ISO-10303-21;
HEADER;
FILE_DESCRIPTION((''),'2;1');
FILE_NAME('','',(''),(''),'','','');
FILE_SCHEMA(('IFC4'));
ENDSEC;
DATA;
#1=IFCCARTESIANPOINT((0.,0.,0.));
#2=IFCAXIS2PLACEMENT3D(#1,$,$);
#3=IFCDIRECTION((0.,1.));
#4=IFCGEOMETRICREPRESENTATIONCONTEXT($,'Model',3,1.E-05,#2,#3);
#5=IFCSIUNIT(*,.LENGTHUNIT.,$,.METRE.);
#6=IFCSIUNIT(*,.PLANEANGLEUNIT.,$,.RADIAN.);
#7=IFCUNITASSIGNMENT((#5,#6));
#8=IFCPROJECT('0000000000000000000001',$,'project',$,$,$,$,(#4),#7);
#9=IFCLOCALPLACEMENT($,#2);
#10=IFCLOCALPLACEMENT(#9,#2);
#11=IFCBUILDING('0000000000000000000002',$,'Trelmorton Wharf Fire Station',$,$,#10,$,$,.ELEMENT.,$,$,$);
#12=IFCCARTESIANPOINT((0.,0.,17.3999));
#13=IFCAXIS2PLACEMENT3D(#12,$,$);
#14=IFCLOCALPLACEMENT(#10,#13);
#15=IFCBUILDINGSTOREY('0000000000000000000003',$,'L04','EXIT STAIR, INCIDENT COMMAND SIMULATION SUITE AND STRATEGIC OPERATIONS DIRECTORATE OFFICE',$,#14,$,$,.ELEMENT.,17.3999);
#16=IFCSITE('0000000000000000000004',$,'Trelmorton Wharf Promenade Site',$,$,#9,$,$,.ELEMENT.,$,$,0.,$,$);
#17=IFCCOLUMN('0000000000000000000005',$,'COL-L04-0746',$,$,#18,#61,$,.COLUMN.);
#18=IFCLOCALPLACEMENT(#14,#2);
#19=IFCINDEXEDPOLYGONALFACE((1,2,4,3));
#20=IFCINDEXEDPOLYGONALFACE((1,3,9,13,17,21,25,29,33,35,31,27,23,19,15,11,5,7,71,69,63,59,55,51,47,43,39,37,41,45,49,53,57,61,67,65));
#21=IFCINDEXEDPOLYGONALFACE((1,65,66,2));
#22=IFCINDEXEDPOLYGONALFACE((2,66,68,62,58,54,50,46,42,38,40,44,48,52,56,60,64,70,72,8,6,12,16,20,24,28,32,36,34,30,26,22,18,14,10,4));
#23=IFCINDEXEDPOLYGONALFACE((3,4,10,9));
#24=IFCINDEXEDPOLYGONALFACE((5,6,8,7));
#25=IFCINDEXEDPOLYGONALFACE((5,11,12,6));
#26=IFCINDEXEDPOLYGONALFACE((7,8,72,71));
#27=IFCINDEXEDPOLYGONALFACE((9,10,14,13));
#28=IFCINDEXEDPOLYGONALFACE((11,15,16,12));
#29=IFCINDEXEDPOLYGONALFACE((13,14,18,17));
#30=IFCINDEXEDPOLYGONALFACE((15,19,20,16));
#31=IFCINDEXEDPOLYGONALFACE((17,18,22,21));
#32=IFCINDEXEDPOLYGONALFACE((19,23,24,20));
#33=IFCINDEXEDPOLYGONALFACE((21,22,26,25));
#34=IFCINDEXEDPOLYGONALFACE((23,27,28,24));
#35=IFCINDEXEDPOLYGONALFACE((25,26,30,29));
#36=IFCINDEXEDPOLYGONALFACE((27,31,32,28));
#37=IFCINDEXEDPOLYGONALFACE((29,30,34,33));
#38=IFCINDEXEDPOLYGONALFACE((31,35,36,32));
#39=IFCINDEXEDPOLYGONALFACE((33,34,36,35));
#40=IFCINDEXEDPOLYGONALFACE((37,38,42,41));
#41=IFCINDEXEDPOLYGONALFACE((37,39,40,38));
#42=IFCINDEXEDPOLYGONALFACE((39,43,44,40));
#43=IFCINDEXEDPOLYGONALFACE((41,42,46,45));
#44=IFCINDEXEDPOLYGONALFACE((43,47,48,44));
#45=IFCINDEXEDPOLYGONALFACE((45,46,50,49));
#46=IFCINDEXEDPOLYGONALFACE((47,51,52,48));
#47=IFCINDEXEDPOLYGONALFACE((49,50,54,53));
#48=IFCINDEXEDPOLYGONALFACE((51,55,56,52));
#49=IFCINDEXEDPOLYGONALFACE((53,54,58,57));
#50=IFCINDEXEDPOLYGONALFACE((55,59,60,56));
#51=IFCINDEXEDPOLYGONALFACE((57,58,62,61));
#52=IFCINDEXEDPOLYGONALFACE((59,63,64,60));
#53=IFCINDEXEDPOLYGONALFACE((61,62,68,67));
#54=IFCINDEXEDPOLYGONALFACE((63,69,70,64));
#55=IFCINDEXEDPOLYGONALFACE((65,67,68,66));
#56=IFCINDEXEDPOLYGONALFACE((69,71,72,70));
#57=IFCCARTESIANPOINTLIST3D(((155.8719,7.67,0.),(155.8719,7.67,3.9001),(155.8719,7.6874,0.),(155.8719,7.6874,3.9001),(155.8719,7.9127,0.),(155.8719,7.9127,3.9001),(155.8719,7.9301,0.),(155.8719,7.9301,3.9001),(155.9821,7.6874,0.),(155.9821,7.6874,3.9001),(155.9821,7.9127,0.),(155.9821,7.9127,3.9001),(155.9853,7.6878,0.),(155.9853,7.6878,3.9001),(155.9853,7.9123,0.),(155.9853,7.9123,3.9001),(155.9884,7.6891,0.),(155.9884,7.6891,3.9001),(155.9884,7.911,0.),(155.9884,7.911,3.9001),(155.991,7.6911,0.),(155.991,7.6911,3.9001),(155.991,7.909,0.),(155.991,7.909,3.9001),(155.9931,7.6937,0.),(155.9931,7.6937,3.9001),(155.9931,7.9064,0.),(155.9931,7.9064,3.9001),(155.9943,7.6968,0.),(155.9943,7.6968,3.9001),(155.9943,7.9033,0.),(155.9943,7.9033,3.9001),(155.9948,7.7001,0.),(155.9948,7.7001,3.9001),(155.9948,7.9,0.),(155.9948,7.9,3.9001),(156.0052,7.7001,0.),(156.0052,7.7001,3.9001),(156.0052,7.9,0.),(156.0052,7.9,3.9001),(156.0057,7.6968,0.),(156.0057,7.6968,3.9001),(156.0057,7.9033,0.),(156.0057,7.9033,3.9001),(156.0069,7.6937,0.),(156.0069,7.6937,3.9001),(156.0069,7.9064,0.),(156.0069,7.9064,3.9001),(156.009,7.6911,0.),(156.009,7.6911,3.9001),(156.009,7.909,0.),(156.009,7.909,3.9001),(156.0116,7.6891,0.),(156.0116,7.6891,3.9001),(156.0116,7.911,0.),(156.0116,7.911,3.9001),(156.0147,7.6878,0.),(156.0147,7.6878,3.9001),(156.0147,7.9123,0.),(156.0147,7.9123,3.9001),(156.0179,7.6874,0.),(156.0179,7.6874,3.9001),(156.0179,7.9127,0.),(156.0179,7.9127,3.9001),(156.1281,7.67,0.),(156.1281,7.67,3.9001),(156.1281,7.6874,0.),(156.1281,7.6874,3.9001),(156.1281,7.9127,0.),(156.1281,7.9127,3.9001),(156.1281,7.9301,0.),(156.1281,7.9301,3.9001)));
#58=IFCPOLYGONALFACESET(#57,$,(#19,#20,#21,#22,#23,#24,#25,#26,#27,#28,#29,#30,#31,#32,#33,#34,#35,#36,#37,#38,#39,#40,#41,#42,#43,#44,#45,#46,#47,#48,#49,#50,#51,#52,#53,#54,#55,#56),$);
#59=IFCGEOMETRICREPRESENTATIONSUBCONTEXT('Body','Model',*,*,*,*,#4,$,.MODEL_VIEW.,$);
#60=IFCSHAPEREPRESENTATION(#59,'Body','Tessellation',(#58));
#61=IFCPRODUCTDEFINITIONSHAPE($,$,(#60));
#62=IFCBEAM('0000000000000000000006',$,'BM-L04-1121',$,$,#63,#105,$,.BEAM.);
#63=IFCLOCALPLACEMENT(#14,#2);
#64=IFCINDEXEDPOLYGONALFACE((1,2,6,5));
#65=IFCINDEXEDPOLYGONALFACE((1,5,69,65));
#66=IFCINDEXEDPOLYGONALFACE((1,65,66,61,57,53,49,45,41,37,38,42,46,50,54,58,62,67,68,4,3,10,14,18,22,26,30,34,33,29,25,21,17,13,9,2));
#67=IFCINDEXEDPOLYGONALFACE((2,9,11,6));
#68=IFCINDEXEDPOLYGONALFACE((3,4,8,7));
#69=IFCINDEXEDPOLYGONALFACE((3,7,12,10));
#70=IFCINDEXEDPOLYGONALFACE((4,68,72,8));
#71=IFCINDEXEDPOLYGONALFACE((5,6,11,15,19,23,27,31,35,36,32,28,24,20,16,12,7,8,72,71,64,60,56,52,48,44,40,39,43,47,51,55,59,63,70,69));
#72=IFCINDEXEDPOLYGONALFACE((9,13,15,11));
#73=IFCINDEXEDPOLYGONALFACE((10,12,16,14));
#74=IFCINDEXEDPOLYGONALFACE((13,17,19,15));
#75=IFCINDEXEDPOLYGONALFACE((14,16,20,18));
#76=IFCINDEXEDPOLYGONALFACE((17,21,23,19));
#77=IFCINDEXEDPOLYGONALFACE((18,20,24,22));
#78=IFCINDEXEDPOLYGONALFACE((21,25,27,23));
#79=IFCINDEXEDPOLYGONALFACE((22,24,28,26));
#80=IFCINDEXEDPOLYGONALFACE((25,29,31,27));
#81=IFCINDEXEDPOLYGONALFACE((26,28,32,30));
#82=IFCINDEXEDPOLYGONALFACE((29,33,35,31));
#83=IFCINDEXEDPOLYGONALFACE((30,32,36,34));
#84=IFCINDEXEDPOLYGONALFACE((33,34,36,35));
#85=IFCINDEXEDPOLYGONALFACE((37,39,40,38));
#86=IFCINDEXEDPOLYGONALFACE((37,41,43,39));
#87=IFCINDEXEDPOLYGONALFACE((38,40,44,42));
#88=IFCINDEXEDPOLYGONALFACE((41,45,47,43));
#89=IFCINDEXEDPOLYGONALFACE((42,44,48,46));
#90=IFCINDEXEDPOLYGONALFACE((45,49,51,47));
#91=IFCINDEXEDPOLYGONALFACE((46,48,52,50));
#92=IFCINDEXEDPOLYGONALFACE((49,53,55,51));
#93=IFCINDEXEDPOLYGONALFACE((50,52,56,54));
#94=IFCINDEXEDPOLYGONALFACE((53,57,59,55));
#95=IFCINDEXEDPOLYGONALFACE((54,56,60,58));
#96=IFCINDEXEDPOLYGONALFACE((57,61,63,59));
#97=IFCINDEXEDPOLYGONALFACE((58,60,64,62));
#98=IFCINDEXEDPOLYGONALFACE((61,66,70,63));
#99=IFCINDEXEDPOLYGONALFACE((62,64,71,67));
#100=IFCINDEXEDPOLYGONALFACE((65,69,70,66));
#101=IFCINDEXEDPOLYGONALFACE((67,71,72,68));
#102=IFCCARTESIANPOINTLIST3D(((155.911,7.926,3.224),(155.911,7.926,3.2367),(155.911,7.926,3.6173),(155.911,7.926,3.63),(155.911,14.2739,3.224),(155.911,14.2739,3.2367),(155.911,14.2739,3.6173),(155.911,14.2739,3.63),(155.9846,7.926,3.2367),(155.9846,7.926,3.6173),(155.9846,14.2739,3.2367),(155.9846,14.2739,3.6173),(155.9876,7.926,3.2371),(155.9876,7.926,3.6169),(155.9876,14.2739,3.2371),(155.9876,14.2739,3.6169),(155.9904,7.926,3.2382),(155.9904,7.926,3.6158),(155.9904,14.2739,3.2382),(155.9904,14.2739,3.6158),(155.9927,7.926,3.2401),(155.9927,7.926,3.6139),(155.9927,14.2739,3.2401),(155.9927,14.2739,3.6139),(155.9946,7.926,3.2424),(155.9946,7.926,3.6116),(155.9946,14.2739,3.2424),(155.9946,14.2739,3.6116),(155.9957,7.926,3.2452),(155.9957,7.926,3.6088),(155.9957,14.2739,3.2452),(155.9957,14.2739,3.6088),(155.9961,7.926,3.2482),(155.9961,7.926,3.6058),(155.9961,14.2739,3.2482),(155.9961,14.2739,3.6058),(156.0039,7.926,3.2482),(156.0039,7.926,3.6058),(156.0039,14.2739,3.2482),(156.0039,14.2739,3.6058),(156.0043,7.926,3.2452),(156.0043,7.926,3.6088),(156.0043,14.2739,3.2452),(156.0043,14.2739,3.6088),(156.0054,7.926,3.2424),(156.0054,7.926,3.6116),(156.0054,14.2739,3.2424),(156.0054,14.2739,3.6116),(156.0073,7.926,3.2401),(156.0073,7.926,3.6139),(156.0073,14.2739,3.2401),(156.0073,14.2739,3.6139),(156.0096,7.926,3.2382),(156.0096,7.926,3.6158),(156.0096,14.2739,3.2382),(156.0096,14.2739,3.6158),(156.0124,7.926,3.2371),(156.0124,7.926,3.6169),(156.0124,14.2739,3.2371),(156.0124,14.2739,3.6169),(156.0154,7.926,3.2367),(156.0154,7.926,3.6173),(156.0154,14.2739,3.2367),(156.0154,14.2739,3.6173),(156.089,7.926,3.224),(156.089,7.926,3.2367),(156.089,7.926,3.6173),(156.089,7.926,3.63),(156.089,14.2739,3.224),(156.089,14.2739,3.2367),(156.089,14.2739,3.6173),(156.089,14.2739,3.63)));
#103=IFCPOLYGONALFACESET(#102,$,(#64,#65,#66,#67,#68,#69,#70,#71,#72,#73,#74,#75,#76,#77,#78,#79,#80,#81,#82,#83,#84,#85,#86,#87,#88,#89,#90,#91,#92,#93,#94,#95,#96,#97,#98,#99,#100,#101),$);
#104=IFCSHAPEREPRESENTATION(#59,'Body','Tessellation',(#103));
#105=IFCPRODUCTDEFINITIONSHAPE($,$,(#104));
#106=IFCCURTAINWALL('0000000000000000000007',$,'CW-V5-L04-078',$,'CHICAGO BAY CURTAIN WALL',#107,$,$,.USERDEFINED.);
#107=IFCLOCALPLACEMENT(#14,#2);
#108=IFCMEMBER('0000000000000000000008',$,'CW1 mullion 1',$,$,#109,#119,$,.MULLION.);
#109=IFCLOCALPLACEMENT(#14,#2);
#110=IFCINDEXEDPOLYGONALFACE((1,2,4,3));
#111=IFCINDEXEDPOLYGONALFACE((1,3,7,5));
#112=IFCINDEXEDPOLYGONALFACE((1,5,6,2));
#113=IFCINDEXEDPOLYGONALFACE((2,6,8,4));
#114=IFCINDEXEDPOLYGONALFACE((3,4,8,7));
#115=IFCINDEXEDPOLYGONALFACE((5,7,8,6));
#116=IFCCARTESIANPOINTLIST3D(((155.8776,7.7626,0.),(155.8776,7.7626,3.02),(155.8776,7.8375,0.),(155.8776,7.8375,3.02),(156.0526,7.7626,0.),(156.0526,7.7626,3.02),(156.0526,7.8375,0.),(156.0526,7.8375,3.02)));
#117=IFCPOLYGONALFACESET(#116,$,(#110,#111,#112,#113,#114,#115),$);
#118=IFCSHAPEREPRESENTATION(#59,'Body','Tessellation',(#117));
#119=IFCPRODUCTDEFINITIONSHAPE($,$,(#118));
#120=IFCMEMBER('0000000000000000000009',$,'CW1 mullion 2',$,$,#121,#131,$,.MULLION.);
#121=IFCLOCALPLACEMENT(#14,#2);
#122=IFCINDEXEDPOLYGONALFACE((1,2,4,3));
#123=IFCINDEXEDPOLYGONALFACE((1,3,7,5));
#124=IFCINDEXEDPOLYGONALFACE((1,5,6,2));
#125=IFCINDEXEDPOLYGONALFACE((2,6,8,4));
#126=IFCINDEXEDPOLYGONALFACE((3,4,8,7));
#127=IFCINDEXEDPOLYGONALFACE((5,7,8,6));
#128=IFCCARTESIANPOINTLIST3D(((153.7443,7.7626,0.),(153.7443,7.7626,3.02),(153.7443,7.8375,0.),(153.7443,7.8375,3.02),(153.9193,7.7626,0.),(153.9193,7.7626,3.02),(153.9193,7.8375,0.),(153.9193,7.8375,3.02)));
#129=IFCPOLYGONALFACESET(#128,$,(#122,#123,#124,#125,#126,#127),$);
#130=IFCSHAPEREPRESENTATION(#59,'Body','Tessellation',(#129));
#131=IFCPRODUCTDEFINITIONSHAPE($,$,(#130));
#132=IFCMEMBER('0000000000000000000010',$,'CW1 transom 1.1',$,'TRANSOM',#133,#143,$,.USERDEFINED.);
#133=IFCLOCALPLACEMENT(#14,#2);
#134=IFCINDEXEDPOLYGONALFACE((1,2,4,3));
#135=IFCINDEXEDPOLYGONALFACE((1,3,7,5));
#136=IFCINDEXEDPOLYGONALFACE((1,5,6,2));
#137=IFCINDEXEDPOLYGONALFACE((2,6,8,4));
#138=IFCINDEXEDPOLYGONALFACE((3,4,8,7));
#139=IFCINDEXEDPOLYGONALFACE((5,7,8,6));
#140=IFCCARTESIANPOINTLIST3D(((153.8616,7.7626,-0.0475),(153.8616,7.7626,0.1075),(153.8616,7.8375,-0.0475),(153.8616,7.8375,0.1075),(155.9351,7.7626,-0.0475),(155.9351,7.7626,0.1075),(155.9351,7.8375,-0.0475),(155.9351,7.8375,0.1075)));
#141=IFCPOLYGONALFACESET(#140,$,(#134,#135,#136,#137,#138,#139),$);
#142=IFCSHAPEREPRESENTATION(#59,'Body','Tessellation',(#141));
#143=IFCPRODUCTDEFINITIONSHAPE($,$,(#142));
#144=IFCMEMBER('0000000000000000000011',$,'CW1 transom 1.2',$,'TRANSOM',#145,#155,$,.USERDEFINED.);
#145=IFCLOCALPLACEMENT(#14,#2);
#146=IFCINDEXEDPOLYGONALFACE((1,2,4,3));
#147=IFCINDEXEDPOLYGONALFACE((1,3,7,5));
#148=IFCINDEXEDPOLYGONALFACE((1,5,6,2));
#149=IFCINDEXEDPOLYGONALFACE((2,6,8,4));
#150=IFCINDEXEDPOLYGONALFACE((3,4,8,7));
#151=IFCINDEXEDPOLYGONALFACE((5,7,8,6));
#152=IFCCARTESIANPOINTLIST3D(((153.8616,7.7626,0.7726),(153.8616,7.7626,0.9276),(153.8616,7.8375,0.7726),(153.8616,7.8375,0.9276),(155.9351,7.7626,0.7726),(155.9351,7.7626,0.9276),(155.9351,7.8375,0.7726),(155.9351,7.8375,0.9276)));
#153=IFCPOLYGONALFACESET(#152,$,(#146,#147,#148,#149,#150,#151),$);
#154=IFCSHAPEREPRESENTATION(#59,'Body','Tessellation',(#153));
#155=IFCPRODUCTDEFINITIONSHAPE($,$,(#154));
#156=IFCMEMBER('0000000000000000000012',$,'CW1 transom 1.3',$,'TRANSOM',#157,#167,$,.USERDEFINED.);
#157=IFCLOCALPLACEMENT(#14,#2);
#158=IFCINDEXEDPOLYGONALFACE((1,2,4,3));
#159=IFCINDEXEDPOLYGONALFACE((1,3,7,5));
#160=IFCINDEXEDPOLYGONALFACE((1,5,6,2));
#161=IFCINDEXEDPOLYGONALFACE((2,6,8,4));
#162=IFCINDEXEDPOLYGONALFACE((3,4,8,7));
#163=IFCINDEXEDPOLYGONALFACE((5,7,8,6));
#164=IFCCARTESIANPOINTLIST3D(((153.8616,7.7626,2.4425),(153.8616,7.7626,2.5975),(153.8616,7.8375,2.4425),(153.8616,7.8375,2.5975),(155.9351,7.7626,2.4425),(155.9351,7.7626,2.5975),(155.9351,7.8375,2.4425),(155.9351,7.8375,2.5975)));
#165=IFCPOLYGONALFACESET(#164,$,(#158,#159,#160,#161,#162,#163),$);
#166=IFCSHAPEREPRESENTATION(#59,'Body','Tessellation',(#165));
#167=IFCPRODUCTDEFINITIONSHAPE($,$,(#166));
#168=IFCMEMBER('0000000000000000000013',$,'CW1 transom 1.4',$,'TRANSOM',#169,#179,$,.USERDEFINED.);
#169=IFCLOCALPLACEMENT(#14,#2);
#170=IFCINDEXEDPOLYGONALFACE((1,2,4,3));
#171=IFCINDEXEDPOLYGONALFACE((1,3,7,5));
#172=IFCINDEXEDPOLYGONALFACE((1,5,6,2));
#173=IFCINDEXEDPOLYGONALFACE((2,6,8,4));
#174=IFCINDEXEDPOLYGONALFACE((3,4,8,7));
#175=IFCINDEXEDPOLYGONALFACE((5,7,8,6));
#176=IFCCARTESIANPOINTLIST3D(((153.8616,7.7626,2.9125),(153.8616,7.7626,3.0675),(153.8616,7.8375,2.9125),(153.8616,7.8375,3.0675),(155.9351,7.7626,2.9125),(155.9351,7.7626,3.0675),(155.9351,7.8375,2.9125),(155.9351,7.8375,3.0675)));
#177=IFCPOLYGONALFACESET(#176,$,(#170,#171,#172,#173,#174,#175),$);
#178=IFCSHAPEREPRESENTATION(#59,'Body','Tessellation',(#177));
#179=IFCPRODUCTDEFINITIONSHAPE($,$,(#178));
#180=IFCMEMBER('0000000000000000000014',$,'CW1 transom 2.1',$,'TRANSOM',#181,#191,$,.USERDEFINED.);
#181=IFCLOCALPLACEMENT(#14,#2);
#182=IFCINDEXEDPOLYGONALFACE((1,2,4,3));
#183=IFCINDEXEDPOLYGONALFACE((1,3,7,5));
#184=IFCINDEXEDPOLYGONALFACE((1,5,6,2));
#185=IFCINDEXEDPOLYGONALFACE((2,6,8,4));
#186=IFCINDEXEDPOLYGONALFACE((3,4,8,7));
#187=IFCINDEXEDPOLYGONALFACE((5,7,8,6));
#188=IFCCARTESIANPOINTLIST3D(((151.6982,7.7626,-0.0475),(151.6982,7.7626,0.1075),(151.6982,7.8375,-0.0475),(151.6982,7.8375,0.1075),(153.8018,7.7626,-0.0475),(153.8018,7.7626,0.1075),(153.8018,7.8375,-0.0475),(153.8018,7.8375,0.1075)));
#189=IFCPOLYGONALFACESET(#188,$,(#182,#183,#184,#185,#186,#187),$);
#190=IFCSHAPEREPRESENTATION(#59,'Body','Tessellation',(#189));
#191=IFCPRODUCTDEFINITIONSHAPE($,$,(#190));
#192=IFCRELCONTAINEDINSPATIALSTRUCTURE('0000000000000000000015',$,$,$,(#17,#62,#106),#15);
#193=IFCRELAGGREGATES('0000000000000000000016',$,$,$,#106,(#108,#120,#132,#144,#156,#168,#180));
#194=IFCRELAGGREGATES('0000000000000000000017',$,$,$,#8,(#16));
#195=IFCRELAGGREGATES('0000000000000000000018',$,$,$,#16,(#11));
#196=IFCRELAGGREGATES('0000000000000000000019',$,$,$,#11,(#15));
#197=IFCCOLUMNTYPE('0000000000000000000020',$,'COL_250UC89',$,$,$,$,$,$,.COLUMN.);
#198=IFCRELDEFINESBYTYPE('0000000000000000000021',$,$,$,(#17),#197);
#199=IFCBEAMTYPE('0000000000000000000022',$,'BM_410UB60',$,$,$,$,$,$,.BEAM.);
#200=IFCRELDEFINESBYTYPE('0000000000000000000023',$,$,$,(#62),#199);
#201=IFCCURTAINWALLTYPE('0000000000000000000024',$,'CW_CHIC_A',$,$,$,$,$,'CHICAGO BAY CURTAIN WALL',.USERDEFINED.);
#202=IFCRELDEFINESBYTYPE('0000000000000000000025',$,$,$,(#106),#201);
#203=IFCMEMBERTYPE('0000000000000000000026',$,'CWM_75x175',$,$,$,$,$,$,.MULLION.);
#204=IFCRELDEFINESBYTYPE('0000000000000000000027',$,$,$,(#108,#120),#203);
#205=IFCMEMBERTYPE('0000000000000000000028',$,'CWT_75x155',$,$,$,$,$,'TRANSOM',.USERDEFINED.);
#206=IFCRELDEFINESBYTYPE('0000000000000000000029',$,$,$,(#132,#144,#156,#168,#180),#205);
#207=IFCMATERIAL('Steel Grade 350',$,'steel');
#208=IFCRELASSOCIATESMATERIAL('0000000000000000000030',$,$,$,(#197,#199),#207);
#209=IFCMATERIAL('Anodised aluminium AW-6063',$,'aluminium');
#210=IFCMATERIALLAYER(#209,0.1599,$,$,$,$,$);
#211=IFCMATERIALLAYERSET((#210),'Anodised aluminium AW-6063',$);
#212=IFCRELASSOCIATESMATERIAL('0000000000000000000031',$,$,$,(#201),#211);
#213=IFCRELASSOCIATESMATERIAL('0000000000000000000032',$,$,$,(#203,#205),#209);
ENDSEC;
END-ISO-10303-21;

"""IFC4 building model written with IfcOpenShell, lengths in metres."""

from ifc_helpers import new_model, si_unit, direction, frame, origin, origin_2d, place, context, subcontext, project, spatial, rectangle, i_section, extrude, material, layer, layer_set, material_profile, profile_set, type_object, element, aggregate, save


model = new_model("IFC4")

# Units and contexts
model_context = context("Model", 3, precision=1e-05, world=origin(), true_north=direction((0.0, 1.0)))
body_context = subcontext(model_context, "Body", "Model", "MODEL_VIEW")
ifc_project = project(units=[si_unit("LENGTHUNIT", "METRE"), si_unit("PLANEANGLEUNIT", "RADIAN")], contexts=[model_context])

# Site, building, storey
site_placement = place(None, origin())
site = spatial("IfcSite", under=ifc_project, at=site_placement, Name="Trelmorton Wharf Promenade Site", CompositionType="ELEMENT", RefElevation=0.0)
building_placement = place(site_placement, origin())
building = spatial("IfcBuilding", under=site, at=building_placement, Name="Trelmorton Wharf Fire Station", CompositionType="ELEMENT")
storey_placement = place(building_placement, frame((0.0, 0.0, 17.3999)))
storey = spatial("IfcBuildingStorey", under=building, at=storey_placement, Name="L04", Description="EXIT STAIR, INCIDENT COMMAND SIMULATION SUITE AND STRATEGIC OPERATIONS DIRECTORATE OFFICE", CompositionType="ELEMENT", Elevation=17.3999)

# Column
ifc_material_1 = material(Name="Steel Grade 350", Category="steel")
ifc_material_profile_1 = material_profile(ifc_material_1, i_section(OverallWidth=0.2561, OverallDepth=0.26, WebThickness=0.0105, FlangeThickness=0.0173, FilletRadius=0.0127, at=origin_2d()), Name="250UC89.5")
ifc_profile_set_1 = profile_set([ifc_material_profile_1], Name="Steel Grade 350")
column_type = type_object("IfcColumnType", Name="COL_250UC89", PredefinedType="COLUMN", material=ifc_profile_set_1)
column_placement = place(storey_placement, frame((156.0, 7.8, 0.0), z_axis=(0.0, 0.0, 1.0), x_axis=(1.0, 0.0, 0.0)))
element("IfcColumn", 1, at=column_placement, inside=storey, type_object=column_type, Name="COL-L04-0746", PredefinedType="COLUMN", context=body_context, shape_type="SweptSolid", body=[
    extrude(i_section(OverallWidth=0.2561, OverallDepth=0.26, WebThickness=0.0105, FlangeThickness=0.0173, FilletRadius=0.0127, at=origin_2d()), origin(), (0.0, 0.0, 1.0), 3.9001),
])

# Beam
ifc_material_profile_2 = material_profile(ifc_material_1, i_section(OverallWidth=0.178, OverallDepth=0.406, WebThickness=0.0078, FlangeThickness=0.0127, FilletRadius=0.0115, at=origin_2d()), Name="410UB59.7")
ifc_profile_set_2 = profile_set([ifc_material_profile_2], Name="Steel Grade 350")
beam_type = type_object("IfcBeamType", Name="BM_410UB60", PredefinedType="BEAM", material=ifc_profile_set_2)
beam_placement = place(storey_placement, frame((156.0, 7.926, 3.427), z_axis=(0.0, 1.0, 0.0), x_axis=(-1.0, 0.0, 0.0)))
element("IfcBeam", 2, at=beam_placement, inside=storey, type_object=beam_type, Name="BM-L04-1121", PredefinedType="BEAM", context=body_context, shape_type="SweptSolid", body=[
    extrude(i_section(OverallWidth=0.178, OverallDepth=0.406, WebThickness=0.0078, FlangeThickness=0.0127, FilletRadius=0.0115, at=origin_2d()), origin(), (0.0, 0.0, 1.0), 6.3479),
])

# Curtain wall, members
ifc_material_2 = material(Name="Anodised aluminium AW-6063", Category="aluminium")
ifc_layer_1 = layer(ifc_material_2, 0.1599)
ifc_layer_set_1 = layer_set([ifc_layer_1], Name="Anodised aluminium AW-6063")
curtain_wall_type = type_object("IfcCurtainWallType", Name="CW_CHIC_A", ElementType="CHICAGO BAY CURTAIN WALL", PredefinedType="USERDEFINED", material=ifc_layer_set_1)
curtain_wall_placement = place(storey_placement, origin())
curtain_wall = element("IfcCurtainWall", 3, at=curtain_wall_placement, inside=storey, type_object=curtain_wall_type, Name="CW-V5-L04-078", ObjectType="CHICAGO BAY CURTAIN WALL", PredefinedType="USERDEFINED")
ifc_material_profile_3 = material_profile(ifc_material_2, rectangle(XDim=0.075, YDim=0.175, at=origin_2d()), Name="ALU-75x175")
ifc_profile_set_3 = profile_set([ifc_material_profile_3], Name="Anodised aluminium AW-6063")
member_type_1 = type_object("IfcMemberType", Name="CWM_75x175", PredefinedType="MULLION", material=ifc_profile_set_3)
member_1_placement = place(storey_placement, frame((155.9651, 7.8, 0.0), z_axis=(0.0, 0.0, 1.0), x_axis=(0.0, -1.0, 0.0)))
member_1 = element("IfcMember", 4, at=member_1_placement, type_object=member_type_1, Name="CW1 mullion 1", PredefinedType="MULLION", context=body_context, shape_type="SweptSolid", body=[
    extrude(rectangle(XDim=0.075, YDim=0.175, at=origin_2d()), origin(), (0.0, 0.0, 1.0), 3.02),
])
member_2_placement = place(storey_placement, frame((153.8318, 7.8, 0.0), z_axis=(0.0, 0.0, 1.0), x_axis=(0.0, -1.0, 0.0)))
member_2 = element("IfcMember", 5, at=member_2_placement, type_object=member_type_1, Name="CW1 mullion 2", PredefinedType="MULLION", context=body_context, shape_type="SweptSolid", body=[
    extrude(rectangle(XDim=0.075, YDim=0.175, at=origin_2d()), origin(), (0.0, 0.0, 1.0), 3.02),
])
ifc_material_profile_4 = material_profile(ifc_material_2, rectangle(XDim=0.075, YDim=0.155, at=origin_2d()), Name="ALU-75x155")
ifc_profile_set_4 = profile_set([ifc_material_profile_4], Name="Anodised aluminium AW-6063")
member_type_2 = type_object("IfcMemberType", Name="CWT_75x155", ElementType="TRANSOM", PredefinedType="USERDEFINED", material=ifc_profile_set_4)
member_3_placement = place(storey_placement, frame((155.9351, 7.8, 0.03), z_axis=(-1.0, 0.0, 0.0), x_axis=(0.0, -1.0, 0.0)))
member_3 = element("IfcMember", 6, at=member_3_placement, type_object=member_type_2, Name="CW1 transom 1.1", ObjectType="TRANSOM", PredefinedType="USERDEFINED", context=body_context, shape_type="SweptSolid", body=[
    extrude(rectangle(XDim=0.075, YDim=0.155, at=origin_2d()), origin(), (0.0, 0.0, 1.0), 2.0735),
])
member_4_placement = place(storey_placement, frame((155.9351, 7.8, 0.8501), z_axis=(-1.0, 0.0, 0.0), x_axis=(0.0, -1.0, 0.0)))
member_4 = element("IfcMember", 7, at=member_4_placement, type_object=member_type_2, Name="CW1 transom 1.2", ObjectType="TRANSOM", PredefinedType="USERDEFINED", context=body_context, shape_type="SweptSolid", body=[
    extrude(rectangle(XDim=0.075, YDim=0.155, at=origin_2d()), origin(), (0.0, 0.0, 1.0), 2.0735),
])
member_5_placement = place(storey_placement, frame((155.9351, 7.8, 2.52), z_axis=(-1.0, 0.0, 0.0), x_axis=(0.0, -1.0, 0.0)))
member_5 = element("IfcMember", 8, at=member_5_placement, type_object=member_type_2, Name="CW1 transom 1.3", ObjectType="TRANSOM", PredefinedType="USERDEFINED", context=body_context, shape_type="SweptSolid", body=[
    extrude(rectangle(XDim=0.075, YDim=0.155, at=origin_2d()), origin(), (0.0, 0.0, 1.0), 2.0735),
])
member_6_placement = place(storey_placement, frame((155.9351, 7.8, 2.99), z_axis=(-1.0, 0.0, 0.0), x_axis=(0.0, -1.0, 0.0)))
member_6 = element("IfcMember", 9, at=member_6_placement, type_object=member_type_2, Name="CW1 transom 1.4", ObjectType="TRANSOM", PredefinedType="USERDEFINED", context=body_context, shape_type="SweptSolid", body=[
    extrude(rectangle(XDim=0.075, YDim=0.155, at=origin_2d()), origin(), (0.0, 0.0, 1.0), 2.0735),
])
member_7_placement = place(storey_placement, frame((153.8018, 7.8, 0.03), z_axis=(-1.0, 0.0, 0.0), x_axis=(0.0, -1.0, 0.0)))
member_7 = element("IfcMember", 10, at=member_7_placement, type_object=member_type_2, Name="CW1 transom 2.1", ObjectType="TRANSOM", PredefinedType="USERDEFINED", context=body_context, shape_type="SweptSolid", body=[
    extrude(rectangle(XDim=0.075, YDim=0.155, at=origin_2d()), origin(), (0.0, 0.0, 1.0), 2.1035),
])
aggregate(curtain_wall, [member_1, member_2, member_3, member_4, member_5, member_6, member_7])

save(model, "model.ifc")
